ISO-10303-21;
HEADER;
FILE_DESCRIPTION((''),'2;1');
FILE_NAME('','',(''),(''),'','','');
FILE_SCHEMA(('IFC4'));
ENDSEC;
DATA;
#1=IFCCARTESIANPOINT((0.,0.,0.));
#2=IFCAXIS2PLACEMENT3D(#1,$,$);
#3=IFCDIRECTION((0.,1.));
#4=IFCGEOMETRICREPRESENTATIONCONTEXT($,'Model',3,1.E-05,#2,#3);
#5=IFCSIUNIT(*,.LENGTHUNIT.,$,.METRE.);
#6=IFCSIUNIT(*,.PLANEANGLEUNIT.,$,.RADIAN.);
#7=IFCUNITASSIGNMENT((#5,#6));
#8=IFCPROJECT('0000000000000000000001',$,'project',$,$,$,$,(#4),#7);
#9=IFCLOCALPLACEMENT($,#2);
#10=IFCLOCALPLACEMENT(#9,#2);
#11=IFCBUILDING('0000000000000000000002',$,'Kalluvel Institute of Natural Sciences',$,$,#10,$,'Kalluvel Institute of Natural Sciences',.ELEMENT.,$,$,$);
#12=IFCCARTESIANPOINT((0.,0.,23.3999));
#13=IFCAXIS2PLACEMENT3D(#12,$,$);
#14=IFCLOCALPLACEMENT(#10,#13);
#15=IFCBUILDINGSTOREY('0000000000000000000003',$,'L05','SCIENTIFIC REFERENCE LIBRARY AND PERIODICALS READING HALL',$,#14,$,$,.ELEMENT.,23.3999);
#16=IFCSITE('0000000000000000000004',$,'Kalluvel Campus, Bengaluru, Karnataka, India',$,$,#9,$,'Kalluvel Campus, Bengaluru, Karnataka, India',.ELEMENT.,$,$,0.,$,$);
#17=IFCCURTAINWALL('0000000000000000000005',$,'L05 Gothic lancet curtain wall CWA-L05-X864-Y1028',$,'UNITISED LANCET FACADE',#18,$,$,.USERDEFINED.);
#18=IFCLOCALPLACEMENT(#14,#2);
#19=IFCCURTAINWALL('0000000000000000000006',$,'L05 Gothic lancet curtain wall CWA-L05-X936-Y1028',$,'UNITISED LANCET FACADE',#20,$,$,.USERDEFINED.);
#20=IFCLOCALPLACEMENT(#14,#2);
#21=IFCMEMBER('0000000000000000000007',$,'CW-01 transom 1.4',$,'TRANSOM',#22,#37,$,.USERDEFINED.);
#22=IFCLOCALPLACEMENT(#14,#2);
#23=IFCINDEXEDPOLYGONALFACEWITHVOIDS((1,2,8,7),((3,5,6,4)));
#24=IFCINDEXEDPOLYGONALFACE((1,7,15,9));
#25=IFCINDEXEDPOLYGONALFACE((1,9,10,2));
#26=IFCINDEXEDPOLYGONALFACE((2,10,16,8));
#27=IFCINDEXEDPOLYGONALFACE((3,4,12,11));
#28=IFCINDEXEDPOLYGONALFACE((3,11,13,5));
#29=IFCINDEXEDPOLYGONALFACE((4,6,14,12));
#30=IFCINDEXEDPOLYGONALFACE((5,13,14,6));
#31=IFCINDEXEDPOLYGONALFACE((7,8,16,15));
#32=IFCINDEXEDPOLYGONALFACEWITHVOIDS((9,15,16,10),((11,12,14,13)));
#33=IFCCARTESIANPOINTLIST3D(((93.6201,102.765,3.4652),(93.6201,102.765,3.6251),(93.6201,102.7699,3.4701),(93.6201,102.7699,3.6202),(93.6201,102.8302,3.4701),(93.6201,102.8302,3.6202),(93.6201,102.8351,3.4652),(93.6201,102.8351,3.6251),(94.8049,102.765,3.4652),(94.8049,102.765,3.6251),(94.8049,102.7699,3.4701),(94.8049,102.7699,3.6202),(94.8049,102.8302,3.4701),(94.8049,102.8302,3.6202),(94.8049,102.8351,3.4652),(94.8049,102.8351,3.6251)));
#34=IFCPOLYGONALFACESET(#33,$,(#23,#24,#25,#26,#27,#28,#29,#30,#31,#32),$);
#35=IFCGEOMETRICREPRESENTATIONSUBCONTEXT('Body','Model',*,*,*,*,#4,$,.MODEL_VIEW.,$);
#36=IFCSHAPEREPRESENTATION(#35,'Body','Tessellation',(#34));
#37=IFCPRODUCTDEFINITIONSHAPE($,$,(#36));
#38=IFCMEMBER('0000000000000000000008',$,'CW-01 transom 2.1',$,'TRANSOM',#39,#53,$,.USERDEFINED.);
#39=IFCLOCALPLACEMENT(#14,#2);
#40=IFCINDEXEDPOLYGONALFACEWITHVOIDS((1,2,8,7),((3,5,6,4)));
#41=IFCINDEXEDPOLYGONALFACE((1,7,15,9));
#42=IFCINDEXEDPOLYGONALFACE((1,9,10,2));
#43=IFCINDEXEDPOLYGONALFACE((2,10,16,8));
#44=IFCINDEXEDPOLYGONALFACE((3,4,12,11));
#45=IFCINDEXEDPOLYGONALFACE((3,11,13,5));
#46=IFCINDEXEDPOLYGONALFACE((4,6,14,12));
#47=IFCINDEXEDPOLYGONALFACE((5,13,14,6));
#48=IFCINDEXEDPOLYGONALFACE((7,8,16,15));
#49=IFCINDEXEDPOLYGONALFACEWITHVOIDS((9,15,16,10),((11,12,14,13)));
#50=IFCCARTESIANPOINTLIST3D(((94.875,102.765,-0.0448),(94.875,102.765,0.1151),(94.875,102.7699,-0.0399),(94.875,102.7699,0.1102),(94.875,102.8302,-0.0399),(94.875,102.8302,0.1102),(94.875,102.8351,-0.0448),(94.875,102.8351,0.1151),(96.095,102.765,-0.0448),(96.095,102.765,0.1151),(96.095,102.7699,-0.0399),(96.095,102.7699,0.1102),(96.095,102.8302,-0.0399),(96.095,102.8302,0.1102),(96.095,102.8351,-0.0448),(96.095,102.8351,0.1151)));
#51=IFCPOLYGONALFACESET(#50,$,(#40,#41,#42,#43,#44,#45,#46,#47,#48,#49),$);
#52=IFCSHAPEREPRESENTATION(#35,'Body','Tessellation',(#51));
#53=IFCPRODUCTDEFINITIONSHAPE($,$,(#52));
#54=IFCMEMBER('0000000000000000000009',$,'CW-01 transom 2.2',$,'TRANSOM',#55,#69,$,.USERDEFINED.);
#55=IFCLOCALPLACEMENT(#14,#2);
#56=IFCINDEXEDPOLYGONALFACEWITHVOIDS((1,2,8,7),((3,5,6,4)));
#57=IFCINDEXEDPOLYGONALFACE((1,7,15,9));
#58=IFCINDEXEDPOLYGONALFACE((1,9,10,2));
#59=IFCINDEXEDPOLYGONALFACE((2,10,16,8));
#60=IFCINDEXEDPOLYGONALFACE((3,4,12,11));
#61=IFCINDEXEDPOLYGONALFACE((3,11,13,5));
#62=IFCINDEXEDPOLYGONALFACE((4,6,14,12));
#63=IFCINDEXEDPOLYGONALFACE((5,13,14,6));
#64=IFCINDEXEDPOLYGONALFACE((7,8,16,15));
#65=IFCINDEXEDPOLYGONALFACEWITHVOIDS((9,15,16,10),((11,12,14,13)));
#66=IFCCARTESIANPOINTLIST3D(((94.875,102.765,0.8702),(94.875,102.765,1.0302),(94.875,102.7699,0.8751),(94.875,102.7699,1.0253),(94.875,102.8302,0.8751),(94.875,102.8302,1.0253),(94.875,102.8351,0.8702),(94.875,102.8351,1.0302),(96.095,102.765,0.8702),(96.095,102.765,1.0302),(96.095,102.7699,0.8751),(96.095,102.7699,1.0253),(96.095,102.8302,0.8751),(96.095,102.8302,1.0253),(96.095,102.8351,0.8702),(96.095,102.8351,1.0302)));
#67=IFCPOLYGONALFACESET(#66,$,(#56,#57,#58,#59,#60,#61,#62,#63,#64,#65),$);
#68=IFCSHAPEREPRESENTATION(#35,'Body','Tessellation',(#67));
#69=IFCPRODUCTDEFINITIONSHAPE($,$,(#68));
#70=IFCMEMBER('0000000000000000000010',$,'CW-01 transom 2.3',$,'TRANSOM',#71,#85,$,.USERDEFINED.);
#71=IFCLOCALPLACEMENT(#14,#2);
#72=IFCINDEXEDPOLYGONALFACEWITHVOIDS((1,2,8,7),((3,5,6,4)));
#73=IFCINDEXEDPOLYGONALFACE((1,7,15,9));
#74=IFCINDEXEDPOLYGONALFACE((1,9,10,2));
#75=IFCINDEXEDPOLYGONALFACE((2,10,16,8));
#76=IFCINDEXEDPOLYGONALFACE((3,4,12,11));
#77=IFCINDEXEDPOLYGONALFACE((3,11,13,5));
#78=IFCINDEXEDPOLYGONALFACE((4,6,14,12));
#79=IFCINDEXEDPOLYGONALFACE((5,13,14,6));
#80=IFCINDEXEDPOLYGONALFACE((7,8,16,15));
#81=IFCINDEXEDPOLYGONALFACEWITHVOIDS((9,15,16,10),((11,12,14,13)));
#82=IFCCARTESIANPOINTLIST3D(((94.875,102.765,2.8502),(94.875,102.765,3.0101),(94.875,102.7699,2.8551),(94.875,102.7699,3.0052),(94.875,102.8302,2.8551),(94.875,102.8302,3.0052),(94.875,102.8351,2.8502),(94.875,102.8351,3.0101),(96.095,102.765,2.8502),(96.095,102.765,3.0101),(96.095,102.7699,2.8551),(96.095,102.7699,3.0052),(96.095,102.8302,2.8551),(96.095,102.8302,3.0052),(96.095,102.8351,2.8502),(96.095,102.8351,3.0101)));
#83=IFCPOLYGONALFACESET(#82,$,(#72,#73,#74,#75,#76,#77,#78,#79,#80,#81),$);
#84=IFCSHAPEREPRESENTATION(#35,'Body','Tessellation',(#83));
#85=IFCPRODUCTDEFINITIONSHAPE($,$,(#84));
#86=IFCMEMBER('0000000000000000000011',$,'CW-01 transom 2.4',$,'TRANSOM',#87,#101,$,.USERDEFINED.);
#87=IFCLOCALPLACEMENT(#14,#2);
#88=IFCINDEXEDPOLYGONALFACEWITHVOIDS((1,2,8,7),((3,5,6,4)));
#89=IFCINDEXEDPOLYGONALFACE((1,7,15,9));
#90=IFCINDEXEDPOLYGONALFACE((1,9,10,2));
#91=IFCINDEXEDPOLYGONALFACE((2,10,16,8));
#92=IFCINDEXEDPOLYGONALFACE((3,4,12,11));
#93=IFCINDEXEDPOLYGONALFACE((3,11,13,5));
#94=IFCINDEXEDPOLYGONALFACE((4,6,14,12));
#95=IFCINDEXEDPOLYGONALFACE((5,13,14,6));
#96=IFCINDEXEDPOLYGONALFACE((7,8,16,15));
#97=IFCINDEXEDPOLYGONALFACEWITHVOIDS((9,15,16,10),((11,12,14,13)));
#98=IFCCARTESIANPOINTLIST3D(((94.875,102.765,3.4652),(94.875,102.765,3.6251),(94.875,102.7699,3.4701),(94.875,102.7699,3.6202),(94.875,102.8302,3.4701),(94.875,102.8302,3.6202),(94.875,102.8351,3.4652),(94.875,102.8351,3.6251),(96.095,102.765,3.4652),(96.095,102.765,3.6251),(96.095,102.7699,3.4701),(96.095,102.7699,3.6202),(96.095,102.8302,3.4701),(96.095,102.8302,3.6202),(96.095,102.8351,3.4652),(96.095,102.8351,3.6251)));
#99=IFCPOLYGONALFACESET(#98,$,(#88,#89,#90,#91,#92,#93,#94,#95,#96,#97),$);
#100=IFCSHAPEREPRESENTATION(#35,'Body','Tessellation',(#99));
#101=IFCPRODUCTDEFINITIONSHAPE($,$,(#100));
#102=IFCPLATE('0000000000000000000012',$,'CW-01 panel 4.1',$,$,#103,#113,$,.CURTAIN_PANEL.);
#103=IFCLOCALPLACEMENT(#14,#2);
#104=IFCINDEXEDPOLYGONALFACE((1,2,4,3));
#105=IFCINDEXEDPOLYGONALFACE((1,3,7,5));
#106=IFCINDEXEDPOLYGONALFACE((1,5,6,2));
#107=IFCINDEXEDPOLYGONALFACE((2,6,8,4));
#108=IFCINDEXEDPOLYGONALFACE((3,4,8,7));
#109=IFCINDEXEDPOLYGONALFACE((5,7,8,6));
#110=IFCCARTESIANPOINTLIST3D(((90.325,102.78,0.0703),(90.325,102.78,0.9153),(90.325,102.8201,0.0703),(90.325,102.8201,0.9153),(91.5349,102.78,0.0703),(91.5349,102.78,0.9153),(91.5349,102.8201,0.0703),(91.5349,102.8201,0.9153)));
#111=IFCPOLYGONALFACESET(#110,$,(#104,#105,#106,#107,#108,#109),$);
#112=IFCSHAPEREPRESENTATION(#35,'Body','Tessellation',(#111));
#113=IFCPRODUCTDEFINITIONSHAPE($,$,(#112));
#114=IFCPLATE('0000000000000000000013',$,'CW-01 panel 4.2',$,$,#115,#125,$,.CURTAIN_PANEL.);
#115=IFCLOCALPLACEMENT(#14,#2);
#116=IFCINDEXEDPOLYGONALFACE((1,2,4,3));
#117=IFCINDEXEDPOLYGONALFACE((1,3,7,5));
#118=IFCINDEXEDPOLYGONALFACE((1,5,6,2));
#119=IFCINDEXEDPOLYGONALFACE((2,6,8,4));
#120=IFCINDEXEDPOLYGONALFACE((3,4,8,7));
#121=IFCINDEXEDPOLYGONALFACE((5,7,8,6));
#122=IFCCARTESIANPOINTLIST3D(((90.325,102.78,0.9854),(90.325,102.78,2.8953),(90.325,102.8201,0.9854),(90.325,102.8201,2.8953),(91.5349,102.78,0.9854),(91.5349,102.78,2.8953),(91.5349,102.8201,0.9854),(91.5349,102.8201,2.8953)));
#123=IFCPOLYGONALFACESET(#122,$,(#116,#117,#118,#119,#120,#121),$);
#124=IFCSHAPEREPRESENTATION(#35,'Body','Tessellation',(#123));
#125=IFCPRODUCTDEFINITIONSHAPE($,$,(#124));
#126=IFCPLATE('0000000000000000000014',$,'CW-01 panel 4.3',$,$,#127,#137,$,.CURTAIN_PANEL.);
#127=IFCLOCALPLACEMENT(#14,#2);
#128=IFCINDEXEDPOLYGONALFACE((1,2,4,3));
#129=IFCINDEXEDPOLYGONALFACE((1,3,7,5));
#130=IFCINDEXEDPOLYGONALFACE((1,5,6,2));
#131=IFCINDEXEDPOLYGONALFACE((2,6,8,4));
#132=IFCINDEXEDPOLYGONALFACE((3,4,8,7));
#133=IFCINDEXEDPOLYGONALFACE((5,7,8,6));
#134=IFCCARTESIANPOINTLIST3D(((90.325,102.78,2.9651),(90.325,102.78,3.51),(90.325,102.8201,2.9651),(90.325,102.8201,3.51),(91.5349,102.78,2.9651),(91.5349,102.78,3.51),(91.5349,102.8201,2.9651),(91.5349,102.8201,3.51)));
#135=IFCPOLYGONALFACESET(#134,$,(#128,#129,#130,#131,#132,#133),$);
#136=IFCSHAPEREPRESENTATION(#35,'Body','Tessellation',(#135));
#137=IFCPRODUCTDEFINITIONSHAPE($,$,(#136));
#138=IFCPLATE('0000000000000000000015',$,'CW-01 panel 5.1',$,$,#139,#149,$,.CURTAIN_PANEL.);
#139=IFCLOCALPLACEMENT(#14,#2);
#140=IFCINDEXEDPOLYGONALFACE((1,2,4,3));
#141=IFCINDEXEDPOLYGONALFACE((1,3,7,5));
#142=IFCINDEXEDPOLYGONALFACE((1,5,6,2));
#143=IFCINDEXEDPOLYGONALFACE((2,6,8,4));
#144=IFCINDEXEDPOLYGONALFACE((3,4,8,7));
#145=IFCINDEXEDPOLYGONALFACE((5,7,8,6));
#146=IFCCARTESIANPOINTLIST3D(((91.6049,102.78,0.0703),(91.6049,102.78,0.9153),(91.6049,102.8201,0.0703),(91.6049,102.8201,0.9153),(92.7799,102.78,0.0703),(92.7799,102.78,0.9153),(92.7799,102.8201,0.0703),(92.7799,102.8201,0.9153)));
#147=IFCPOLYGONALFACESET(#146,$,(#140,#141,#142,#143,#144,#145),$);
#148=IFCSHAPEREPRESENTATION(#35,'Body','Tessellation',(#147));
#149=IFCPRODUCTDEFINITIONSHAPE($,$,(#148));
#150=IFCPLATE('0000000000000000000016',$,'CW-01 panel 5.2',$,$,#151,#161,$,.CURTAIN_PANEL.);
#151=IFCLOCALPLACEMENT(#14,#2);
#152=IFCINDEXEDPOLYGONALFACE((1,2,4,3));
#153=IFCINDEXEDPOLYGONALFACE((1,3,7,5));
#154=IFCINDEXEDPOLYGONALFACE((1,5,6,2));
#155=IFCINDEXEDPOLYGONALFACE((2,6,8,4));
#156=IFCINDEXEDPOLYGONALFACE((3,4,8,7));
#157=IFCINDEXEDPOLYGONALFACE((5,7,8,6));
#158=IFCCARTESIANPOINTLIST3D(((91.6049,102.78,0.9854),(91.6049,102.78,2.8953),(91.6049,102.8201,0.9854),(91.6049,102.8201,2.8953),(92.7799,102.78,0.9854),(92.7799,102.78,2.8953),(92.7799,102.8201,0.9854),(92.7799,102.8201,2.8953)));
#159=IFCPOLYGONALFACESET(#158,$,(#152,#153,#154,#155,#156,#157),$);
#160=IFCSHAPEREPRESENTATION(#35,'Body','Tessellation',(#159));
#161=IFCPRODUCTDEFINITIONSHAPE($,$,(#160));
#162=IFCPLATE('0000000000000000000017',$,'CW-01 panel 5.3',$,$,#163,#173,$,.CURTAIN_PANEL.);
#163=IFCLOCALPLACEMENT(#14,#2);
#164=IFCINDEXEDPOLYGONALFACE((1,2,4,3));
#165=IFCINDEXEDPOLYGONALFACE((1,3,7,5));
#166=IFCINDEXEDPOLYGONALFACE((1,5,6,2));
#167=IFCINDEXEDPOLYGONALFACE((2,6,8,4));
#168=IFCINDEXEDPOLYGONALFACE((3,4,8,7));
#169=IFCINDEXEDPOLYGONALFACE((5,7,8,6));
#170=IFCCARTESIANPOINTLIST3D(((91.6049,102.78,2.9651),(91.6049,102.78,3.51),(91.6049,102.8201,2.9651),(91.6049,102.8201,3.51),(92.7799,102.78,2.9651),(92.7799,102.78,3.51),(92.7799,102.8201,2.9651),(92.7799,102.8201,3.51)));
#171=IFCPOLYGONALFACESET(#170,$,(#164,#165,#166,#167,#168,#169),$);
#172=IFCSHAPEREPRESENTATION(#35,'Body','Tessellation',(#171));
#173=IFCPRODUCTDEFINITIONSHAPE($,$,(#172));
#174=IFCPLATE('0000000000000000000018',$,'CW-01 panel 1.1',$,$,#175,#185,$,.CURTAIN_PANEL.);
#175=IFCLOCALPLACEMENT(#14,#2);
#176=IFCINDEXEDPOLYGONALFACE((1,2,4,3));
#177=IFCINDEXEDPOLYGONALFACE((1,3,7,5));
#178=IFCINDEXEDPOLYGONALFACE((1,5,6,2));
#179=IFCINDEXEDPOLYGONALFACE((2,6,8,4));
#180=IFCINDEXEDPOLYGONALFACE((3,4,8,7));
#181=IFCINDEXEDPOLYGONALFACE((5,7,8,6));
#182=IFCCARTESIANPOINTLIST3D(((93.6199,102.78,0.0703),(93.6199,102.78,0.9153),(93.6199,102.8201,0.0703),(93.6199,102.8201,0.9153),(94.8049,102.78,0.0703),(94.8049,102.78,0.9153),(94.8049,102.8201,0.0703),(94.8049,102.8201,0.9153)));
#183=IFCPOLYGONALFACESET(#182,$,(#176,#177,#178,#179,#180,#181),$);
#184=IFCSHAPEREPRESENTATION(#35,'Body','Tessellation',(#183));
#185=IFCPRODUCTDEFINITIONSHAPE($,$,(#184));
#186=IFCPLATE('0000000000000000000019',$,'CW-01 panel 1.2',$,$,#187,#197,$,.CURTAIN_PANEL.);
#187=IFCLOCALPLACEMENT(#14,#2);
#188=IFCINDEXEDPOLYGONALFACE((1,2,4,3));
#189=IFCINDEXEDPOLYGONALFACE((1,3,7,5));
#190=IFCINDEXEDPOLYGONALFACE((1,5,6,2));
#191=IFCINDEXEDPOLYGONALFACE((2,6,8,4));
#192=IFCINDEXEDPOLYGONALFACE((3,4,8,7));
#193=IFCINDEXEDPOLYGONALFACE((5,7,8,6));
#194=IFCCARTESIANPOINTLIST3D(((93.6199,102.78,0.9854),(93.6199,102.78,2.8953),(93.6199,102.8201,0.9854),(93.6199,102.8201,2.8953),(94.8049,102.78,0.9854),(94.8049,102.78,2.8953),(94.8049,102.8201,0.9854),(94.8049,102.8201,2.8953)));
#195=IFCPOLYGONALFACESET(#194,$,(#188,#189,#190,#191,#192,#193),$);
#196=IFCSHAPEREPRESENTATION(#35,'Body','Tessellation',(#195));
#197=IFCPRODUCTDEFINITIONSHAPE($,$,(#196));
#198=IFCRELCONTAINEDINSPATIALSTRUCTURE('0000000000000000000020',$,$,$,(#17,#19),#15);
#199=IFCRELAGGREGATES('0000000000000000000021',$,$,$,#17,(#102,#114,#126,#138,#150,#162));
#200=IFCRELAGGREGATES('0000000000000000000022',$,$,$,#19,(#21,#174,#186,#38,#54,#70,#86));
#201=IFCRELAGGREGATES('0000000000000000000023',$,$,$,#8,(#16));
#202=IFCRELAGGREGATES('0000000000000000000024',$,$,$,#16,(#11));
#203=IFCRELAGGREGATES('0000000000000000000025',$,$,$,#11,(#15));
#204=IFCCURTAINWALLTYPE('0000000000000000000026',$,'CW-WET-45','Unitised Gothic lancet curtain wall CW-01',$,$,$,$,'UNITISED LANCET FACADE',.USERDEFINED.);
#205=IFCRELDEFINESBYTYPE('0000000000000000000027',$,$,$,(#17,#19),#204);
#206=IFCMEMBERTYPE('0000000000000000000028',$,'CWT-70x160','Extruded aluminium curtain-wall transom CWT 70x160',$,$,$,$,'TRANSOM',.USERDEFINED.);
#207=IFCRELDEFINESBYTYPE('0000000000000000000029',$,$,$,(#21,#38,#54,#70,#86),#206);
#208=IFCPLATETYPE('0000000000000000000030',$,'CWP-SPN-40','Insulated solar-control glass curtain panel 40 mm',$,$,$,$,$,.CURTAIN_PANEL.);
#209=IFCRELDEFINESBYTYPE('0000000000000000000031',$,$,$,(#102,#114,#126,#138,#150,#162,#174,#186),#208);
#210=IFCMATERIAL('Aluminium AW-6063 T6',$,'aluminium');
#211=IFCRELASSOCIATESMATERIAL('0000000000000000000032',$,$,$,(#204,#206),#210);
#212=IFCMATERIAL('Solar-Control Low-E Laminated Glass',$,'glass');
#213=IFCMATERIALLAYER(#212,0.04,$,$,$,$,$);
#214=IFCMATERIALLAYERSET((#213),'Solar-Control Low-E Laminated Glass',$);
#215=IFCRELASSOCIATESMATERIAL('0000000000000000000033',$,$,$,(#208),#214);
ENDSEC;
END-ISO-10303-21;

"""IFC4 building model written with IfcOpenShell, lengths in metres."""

from ifc_helpers import new_model, si_unit, direction, frame, origin, origin_2d, place, context, subcontext, project, spatial, rectangle, hollow_rectangle, extrude, material, layer, layer_set, material_profile, profile_set, type_object, element, aggregate, save


model = new_model("IFC4")

# Units and contexts
model_context = context("Model", 3, precision=1e-05, world=origin(), true_north=direction((0.0, 1.0)))
body_context = subcontext(model_context, "Body", "Model", "MODEL_VIEW")
ifc_project = project(units=[si_unit("LENGTHUNIT", "METRE"), si_unit("PLANEANGLEUNIT", "RADIAN")], contexts=[model_context])

# Site, building, storey
site_placement = place(None, origin())
site = spatial("IfcSite", under=ifc_project, at=site_placement, Name="Kalluvel Campus, Bengaluru, Karnataka, India", LongName="Kalluvel Campus, Bengaluru, Karnataka, India", CompositionType="ELEMENT", RefElevation=0.0)
building_placement = place(site_placement, origin())
building = spatial("IfcBuilding", under=site, at=building_placement, Name="Kalluvel Institute of Natural Sciences", LongName="Kalluvel Institute of Natural Sciences", CompositionType="ELEMENT")
storey_placement = place(building_placement, frame((0.0, 0.0, 23.3999)))
storey = spatial("IfcBuildingStorey", under=building, at=storey_placement, Name="L05", Description="SCIENTIFIC REFERENCE LIBRARY AND PERIODICALS READING HALL", CompositionType="ELEMENT", Elevation=23.3999)

# Curtain walls
ifc_material_1 = material(Name="Aluminium AW-6063 T6", Category="aluminium")
curtain_wall_type = type_object("IfcCurtainWallType", Name="CW-WET-45", Description="Unitised Gothic lancet curtain wall CW-01", ElementType="UNITISED LANCET FACADE", PredefinedType="USERDEFINED", material=ifc_material_1)
curtain_wall_1_placement = place(storey_placement, origin())
curtain_wall_1 = element("IfcCurtainWall", 1, at=curtain_wall_1_placement, inside=storey, type_object=curtain_wall_type, Name="L05 Gothic lancet curtain wall CWA-L05-X864-Y1028", ObjectType="UNITISED LANCET FACADE", PredefinedType="USERDEFINED")
curtain_wall_2_placement = place(storey_placement, origin())
curtain_wall_2 = element("IfcCurtainWall", 2, at=curtain_wall_2_placement, inside=storey, type_object=curtain_wall_type, Name="L05 Gothic lancet curtain wall CWA-L05-X936-Y1028", ObjectType="UNITISED LANCET FACADE", PredefinedType="USERDEFINED")

# Members
ifc_material_profile_1 = material_profile(ifc_material_1, hollow_rectangle(XDim=0.0701, YDim=0.1599, WallThickness=0.0049, at=origin_2d()), Name="CWT 70x160")
ifc_profile_set_1 = profile_set([ifc_material_profile_1], Name="Aluminium AW-6063 T6")
member_type_1 = type_object("IfcMemberType", Name="CWT-70x160", Description="Extruded aluminium curtain-wall transom CWT 70x160", ElementType="TRANSOM", PredefinedType="USERDEFINED", material=ifc_profile_set_1)
member_1_placement = place(storey_placement, frame((93.6201, 102.8, 3.5452), z_axis=(1.0, 0.0, 0.0), x_axis=(0.0, 1.0, 0.0)))
member_1 = element("IfcMember", 3, at=member_1_placement, type_object=member_type_1, Name="CW-01 transom 1.4", ObjectType="TRANSOM", PredefinedType="USERDEFINED", context=body_context, shape_type="SweptSolid", body=[
    extrude(hollow_rectangle(XDim=0.0701, YDim=0.1599, WallThickness=0.0049, at=origin_2d()), origin(), (0.0, 0.0, 1.0), 1.1848),
])
member_2_placement = place(storey_placement, frame((94.875, 102.8, 0.0352), z_axis=(1.0, 0.0, 0.0), x_axis=(0.0, 1.0, 0.0)))
member_2 = element("IfcMember", 4, at=member_2_placement, type_object=member_type_1, Name="CW-01 transom 2.1", ObjectType="TRANSOM", PredefinedType="USERDEFINED", context=body_context, shape_type="SweptSolid", body=[
    extrude(hollow_rectangle(XDim=0.0701, YDim=0.1599, WallThickness=0.0049, at=origin_2d()), origin(), (0.0, 0.0, 1.0), 1.22),
])
member_3_placement = place(storey_placement, frame((94.875, 102.8, 0.9502), z_axis=(1.0, 0.0, 0.0), x_axis=(0.0, 1.0, 0.0)))
member_3 = element("IfcMember", 5, at=member_3_placement, type_object=member_type_1, Name="CW-01 transom 2.2", ObjectType="TRANSOM", PredefinedType="USERDEFINED", context=body_context, shape_type="SweptSolid", body=[
    extrude(hollow_rectangle(XDim=0.0701, YDim=0.1599, WallThickness=0.0049, at=origin_2d()), origin(), (0.0, 0.0, 1.0), 1.22),
])
member_4_placement = place(storey_placement, frame((94.875, 102.8, 2.9302), z_axis=(1.0, 0.0, 0.0), x_axis=(0.0, 1.0, 0.0)))
member_4 = element("IfcMember", 6, at=member_4_placement, type_object=member_type_1, Name="CW-01 transom 2.3", ObjectType="TRANSOM", PredefinedType="USERDEFINED", context=body_context, shape_type="SweptSolid", body=[
    extrude(hollow_rectangle(XDim=0.0701, YDim=0.1599, WallThickness=0.0049, at=origin_2d()), origin(), (0.0, 0.0, 1.0), 1.22),
])
member_5_placement = place(storey_placement, frame((94.875, 102.8, 3.5452), z_axis=(1.0, 0.0, 0.0), x_axis=(0.0, 1.0, 0.0)))
member_5 = element("IfcMember", 7, at=member_5_placement, type_object=member_type_1, Name="CW-01 transom 2.4", ObjectType="TRANSOM", PredefinedType="USERDEFINED", context=body_context, shape_type="SweptSolid", body=[
    extrude(hollow_rectangle(XDim=0.0701, YDim=0.1599, WallThickness=0.0049, at=origin_2d()), origin(), (0.0, 0.0, 1.0), 1.22),
])

# Plates
ifc_material_2 = material(Name="Solar-Control Low-E Laminated Glass", Category="glass")
ifc_layer = layer(ifc_material_2, 0.04)
ifc_layer_set = layer_set([ifc_layer], Name="Solar-Control Low-E Laminated Glass")
plate_type = type_object("IfcPlateType", Name="CWP-SPN-40", Description="Insulated solar-control glass curtain panel 40 mm", PredefinedType="CURTAIN_PANEL", material=ifc_layer_set)
plate_1_placement = place(storey_placement, frame((90.9299, 102.8, 0.0703), z_axis=(0.0, 0.0, 1.0), x_axis=(1.0, 0.0, 0.0)))
plate_1 = element("IfcPlate", 8, at=plate_1_placement, type_object=plate_type, Name="CW-01 panel 4.1", PredefinedType="CURTAIN_PANEL", context=body_context, shape_type="SweptSolid", body=[
    extrude(rectangle(XDim=1.21, YDim=0.04, at=origin_2d()), origin(), (0.0, 0.0, 1.0), 0.845),
])
plate_2_placement = place(storey_placement, frame((90.9299, 102.8, 0.9854), z_axis=(0.0, 0.0, 1.0), x_axis=(1.0, 0.0, 0.0)))
plate_2 = element("IfcPlate", 9, at=plate_2_placement, type_object=plate_type, Name="CW-01 panel 4.2", PredefinedType="CURTAIN_PANEL", context=body_context, shape_type="SweptSolid", body=[
    extrude(rectangle(XDim=1.21, YDim=0.04, at=origin_2d()), origin(), (0.0, 0.0, 1.0), 1.9099),
])
plate_3_placement = place(storey_placement, frame((90.9299, 102.8, 2.9651), z_axis=(0.0, 0.0, 1.0), x_axis=(1.0, 0.0, 0.0)))
plate_3 = element("IfcPlate", 10, at=plate_3_placement, type_object=plate_type, Name="CW-01 panel 4.3", PredefinedType="CURTAIN_PANEL", context=body_context, shape_type="SweptSolid", body=[
    extrude(rectangle(XDim=1.21, YDim=0.04, at=origin_2d()), origin(), (0.0, 0.0, 1.0), 0.5449),
])
plate_4_placement = place(storey_placement, frame((92.1924, 102.8, 0.0703), z_axis=(0.0, 0.0, 1.0), x_axis=(1.0, 0.0, 0.0)))
plate_4 = element("IfcPlate", 11, at=plate_4_placement, type_object=plate_type, Name="CW-01 panel 5.1", PredefinedType="CURTAIN_PANEL", context=body_context, shape_type="SweptSolid", body=[
    extrude(rectangle(XDim=1.175, YDim=0.04, at=origin_2d()), origin(), (0.0, 0.0, 1.0), 0.845),
])
plate_5_placement = place(storey_placement, frame((92.1924, 102.8, 0.9854), z_axis=(0.0, 0.0, 1.0), x_axis=(1.0, 0.0, 0.0)))
plate_5 = element("IfcPlate", 12, at=plate_5_placement, type_object=plate_type, Name="CW-01 panel 5.2", PredefinedType="CURTAIN_PANEL", context=body_context, shape_type="SweptSolid", body=[
    extrude(rectangle(XDim=1.175, YDim=0.04, at=origin_2d()), origin(), (0.0, 0.0, 1.0), 1.9099),
])
plate_6_placement = place(storey_placement, frame((92.1924, 102.8, 2.9651), z_axis=(0.0, 0.0, 1.0), x_axis=(1.0, 0.0, 0.0)))
plate_6 = element("IfcPlate", 13, at=plate_6_placement, type_object=plate_type, Name="CW-01 panel 5.3", PredefinedType="CURTAIN_PANEL", context=body_context, shape_type="SweptSolid", body=[
    extrude(rectangle(XDim=1.175, YDim=0.04, at=origin_2d()), origin(), (0.0, 0.0, 1.0), 0.5449),
])
aggregate(curtain_wall_1, [plate_1, plate_2, plate_3, plate_4, plate_5, plate_6])
plate_7_placement = place(storey_placement, frame((94.2124, 102.8, 0.0703), z_axis=(0.0, 0.0, 1.0), x_axis=(1.0, 0.0, 0.0)))
plate_7 = element("IfcPlate", 14, at=plate_7_placement, type_object=plate_type, Name="CW-01 panel 1.1", PredefinedType="CURTAIN_PANEL", context=body_context, shape_type="SweptSolid", body=[
    extrude(rectangle(XDim=1.1851, YDim=0.04, at=origin_2d()), origin(), (0.0, 0.0, 1.0), 0.845),
])
plate_8_placement = place(storey_placement, frame((94.2124, 102.8, 0.9854), z_axis=(0.0, 0.0, 1.0), x_axis=(1.0, 0.0, 0.0)))
plate_8 = element("IfcPlate", 15, at=plate_8_placement, type_object=plate_type, Name="CW-01 panel 1.2", PredefinedType="CURTAIN_PANEL", context=body_context, shape_type="SweptSolid", body=[
    extrude(rectangle(XDim=1.1851, YDim=0.04, at=origin_2d()), origin(), (0.0, 0.0, 1.0), 1.9099),
])
aggregate(curtain_wall_2, [member_1, plate_7, plate_8, member_2, member_3, member_4, member_5])

save(model, "model.ifc")
